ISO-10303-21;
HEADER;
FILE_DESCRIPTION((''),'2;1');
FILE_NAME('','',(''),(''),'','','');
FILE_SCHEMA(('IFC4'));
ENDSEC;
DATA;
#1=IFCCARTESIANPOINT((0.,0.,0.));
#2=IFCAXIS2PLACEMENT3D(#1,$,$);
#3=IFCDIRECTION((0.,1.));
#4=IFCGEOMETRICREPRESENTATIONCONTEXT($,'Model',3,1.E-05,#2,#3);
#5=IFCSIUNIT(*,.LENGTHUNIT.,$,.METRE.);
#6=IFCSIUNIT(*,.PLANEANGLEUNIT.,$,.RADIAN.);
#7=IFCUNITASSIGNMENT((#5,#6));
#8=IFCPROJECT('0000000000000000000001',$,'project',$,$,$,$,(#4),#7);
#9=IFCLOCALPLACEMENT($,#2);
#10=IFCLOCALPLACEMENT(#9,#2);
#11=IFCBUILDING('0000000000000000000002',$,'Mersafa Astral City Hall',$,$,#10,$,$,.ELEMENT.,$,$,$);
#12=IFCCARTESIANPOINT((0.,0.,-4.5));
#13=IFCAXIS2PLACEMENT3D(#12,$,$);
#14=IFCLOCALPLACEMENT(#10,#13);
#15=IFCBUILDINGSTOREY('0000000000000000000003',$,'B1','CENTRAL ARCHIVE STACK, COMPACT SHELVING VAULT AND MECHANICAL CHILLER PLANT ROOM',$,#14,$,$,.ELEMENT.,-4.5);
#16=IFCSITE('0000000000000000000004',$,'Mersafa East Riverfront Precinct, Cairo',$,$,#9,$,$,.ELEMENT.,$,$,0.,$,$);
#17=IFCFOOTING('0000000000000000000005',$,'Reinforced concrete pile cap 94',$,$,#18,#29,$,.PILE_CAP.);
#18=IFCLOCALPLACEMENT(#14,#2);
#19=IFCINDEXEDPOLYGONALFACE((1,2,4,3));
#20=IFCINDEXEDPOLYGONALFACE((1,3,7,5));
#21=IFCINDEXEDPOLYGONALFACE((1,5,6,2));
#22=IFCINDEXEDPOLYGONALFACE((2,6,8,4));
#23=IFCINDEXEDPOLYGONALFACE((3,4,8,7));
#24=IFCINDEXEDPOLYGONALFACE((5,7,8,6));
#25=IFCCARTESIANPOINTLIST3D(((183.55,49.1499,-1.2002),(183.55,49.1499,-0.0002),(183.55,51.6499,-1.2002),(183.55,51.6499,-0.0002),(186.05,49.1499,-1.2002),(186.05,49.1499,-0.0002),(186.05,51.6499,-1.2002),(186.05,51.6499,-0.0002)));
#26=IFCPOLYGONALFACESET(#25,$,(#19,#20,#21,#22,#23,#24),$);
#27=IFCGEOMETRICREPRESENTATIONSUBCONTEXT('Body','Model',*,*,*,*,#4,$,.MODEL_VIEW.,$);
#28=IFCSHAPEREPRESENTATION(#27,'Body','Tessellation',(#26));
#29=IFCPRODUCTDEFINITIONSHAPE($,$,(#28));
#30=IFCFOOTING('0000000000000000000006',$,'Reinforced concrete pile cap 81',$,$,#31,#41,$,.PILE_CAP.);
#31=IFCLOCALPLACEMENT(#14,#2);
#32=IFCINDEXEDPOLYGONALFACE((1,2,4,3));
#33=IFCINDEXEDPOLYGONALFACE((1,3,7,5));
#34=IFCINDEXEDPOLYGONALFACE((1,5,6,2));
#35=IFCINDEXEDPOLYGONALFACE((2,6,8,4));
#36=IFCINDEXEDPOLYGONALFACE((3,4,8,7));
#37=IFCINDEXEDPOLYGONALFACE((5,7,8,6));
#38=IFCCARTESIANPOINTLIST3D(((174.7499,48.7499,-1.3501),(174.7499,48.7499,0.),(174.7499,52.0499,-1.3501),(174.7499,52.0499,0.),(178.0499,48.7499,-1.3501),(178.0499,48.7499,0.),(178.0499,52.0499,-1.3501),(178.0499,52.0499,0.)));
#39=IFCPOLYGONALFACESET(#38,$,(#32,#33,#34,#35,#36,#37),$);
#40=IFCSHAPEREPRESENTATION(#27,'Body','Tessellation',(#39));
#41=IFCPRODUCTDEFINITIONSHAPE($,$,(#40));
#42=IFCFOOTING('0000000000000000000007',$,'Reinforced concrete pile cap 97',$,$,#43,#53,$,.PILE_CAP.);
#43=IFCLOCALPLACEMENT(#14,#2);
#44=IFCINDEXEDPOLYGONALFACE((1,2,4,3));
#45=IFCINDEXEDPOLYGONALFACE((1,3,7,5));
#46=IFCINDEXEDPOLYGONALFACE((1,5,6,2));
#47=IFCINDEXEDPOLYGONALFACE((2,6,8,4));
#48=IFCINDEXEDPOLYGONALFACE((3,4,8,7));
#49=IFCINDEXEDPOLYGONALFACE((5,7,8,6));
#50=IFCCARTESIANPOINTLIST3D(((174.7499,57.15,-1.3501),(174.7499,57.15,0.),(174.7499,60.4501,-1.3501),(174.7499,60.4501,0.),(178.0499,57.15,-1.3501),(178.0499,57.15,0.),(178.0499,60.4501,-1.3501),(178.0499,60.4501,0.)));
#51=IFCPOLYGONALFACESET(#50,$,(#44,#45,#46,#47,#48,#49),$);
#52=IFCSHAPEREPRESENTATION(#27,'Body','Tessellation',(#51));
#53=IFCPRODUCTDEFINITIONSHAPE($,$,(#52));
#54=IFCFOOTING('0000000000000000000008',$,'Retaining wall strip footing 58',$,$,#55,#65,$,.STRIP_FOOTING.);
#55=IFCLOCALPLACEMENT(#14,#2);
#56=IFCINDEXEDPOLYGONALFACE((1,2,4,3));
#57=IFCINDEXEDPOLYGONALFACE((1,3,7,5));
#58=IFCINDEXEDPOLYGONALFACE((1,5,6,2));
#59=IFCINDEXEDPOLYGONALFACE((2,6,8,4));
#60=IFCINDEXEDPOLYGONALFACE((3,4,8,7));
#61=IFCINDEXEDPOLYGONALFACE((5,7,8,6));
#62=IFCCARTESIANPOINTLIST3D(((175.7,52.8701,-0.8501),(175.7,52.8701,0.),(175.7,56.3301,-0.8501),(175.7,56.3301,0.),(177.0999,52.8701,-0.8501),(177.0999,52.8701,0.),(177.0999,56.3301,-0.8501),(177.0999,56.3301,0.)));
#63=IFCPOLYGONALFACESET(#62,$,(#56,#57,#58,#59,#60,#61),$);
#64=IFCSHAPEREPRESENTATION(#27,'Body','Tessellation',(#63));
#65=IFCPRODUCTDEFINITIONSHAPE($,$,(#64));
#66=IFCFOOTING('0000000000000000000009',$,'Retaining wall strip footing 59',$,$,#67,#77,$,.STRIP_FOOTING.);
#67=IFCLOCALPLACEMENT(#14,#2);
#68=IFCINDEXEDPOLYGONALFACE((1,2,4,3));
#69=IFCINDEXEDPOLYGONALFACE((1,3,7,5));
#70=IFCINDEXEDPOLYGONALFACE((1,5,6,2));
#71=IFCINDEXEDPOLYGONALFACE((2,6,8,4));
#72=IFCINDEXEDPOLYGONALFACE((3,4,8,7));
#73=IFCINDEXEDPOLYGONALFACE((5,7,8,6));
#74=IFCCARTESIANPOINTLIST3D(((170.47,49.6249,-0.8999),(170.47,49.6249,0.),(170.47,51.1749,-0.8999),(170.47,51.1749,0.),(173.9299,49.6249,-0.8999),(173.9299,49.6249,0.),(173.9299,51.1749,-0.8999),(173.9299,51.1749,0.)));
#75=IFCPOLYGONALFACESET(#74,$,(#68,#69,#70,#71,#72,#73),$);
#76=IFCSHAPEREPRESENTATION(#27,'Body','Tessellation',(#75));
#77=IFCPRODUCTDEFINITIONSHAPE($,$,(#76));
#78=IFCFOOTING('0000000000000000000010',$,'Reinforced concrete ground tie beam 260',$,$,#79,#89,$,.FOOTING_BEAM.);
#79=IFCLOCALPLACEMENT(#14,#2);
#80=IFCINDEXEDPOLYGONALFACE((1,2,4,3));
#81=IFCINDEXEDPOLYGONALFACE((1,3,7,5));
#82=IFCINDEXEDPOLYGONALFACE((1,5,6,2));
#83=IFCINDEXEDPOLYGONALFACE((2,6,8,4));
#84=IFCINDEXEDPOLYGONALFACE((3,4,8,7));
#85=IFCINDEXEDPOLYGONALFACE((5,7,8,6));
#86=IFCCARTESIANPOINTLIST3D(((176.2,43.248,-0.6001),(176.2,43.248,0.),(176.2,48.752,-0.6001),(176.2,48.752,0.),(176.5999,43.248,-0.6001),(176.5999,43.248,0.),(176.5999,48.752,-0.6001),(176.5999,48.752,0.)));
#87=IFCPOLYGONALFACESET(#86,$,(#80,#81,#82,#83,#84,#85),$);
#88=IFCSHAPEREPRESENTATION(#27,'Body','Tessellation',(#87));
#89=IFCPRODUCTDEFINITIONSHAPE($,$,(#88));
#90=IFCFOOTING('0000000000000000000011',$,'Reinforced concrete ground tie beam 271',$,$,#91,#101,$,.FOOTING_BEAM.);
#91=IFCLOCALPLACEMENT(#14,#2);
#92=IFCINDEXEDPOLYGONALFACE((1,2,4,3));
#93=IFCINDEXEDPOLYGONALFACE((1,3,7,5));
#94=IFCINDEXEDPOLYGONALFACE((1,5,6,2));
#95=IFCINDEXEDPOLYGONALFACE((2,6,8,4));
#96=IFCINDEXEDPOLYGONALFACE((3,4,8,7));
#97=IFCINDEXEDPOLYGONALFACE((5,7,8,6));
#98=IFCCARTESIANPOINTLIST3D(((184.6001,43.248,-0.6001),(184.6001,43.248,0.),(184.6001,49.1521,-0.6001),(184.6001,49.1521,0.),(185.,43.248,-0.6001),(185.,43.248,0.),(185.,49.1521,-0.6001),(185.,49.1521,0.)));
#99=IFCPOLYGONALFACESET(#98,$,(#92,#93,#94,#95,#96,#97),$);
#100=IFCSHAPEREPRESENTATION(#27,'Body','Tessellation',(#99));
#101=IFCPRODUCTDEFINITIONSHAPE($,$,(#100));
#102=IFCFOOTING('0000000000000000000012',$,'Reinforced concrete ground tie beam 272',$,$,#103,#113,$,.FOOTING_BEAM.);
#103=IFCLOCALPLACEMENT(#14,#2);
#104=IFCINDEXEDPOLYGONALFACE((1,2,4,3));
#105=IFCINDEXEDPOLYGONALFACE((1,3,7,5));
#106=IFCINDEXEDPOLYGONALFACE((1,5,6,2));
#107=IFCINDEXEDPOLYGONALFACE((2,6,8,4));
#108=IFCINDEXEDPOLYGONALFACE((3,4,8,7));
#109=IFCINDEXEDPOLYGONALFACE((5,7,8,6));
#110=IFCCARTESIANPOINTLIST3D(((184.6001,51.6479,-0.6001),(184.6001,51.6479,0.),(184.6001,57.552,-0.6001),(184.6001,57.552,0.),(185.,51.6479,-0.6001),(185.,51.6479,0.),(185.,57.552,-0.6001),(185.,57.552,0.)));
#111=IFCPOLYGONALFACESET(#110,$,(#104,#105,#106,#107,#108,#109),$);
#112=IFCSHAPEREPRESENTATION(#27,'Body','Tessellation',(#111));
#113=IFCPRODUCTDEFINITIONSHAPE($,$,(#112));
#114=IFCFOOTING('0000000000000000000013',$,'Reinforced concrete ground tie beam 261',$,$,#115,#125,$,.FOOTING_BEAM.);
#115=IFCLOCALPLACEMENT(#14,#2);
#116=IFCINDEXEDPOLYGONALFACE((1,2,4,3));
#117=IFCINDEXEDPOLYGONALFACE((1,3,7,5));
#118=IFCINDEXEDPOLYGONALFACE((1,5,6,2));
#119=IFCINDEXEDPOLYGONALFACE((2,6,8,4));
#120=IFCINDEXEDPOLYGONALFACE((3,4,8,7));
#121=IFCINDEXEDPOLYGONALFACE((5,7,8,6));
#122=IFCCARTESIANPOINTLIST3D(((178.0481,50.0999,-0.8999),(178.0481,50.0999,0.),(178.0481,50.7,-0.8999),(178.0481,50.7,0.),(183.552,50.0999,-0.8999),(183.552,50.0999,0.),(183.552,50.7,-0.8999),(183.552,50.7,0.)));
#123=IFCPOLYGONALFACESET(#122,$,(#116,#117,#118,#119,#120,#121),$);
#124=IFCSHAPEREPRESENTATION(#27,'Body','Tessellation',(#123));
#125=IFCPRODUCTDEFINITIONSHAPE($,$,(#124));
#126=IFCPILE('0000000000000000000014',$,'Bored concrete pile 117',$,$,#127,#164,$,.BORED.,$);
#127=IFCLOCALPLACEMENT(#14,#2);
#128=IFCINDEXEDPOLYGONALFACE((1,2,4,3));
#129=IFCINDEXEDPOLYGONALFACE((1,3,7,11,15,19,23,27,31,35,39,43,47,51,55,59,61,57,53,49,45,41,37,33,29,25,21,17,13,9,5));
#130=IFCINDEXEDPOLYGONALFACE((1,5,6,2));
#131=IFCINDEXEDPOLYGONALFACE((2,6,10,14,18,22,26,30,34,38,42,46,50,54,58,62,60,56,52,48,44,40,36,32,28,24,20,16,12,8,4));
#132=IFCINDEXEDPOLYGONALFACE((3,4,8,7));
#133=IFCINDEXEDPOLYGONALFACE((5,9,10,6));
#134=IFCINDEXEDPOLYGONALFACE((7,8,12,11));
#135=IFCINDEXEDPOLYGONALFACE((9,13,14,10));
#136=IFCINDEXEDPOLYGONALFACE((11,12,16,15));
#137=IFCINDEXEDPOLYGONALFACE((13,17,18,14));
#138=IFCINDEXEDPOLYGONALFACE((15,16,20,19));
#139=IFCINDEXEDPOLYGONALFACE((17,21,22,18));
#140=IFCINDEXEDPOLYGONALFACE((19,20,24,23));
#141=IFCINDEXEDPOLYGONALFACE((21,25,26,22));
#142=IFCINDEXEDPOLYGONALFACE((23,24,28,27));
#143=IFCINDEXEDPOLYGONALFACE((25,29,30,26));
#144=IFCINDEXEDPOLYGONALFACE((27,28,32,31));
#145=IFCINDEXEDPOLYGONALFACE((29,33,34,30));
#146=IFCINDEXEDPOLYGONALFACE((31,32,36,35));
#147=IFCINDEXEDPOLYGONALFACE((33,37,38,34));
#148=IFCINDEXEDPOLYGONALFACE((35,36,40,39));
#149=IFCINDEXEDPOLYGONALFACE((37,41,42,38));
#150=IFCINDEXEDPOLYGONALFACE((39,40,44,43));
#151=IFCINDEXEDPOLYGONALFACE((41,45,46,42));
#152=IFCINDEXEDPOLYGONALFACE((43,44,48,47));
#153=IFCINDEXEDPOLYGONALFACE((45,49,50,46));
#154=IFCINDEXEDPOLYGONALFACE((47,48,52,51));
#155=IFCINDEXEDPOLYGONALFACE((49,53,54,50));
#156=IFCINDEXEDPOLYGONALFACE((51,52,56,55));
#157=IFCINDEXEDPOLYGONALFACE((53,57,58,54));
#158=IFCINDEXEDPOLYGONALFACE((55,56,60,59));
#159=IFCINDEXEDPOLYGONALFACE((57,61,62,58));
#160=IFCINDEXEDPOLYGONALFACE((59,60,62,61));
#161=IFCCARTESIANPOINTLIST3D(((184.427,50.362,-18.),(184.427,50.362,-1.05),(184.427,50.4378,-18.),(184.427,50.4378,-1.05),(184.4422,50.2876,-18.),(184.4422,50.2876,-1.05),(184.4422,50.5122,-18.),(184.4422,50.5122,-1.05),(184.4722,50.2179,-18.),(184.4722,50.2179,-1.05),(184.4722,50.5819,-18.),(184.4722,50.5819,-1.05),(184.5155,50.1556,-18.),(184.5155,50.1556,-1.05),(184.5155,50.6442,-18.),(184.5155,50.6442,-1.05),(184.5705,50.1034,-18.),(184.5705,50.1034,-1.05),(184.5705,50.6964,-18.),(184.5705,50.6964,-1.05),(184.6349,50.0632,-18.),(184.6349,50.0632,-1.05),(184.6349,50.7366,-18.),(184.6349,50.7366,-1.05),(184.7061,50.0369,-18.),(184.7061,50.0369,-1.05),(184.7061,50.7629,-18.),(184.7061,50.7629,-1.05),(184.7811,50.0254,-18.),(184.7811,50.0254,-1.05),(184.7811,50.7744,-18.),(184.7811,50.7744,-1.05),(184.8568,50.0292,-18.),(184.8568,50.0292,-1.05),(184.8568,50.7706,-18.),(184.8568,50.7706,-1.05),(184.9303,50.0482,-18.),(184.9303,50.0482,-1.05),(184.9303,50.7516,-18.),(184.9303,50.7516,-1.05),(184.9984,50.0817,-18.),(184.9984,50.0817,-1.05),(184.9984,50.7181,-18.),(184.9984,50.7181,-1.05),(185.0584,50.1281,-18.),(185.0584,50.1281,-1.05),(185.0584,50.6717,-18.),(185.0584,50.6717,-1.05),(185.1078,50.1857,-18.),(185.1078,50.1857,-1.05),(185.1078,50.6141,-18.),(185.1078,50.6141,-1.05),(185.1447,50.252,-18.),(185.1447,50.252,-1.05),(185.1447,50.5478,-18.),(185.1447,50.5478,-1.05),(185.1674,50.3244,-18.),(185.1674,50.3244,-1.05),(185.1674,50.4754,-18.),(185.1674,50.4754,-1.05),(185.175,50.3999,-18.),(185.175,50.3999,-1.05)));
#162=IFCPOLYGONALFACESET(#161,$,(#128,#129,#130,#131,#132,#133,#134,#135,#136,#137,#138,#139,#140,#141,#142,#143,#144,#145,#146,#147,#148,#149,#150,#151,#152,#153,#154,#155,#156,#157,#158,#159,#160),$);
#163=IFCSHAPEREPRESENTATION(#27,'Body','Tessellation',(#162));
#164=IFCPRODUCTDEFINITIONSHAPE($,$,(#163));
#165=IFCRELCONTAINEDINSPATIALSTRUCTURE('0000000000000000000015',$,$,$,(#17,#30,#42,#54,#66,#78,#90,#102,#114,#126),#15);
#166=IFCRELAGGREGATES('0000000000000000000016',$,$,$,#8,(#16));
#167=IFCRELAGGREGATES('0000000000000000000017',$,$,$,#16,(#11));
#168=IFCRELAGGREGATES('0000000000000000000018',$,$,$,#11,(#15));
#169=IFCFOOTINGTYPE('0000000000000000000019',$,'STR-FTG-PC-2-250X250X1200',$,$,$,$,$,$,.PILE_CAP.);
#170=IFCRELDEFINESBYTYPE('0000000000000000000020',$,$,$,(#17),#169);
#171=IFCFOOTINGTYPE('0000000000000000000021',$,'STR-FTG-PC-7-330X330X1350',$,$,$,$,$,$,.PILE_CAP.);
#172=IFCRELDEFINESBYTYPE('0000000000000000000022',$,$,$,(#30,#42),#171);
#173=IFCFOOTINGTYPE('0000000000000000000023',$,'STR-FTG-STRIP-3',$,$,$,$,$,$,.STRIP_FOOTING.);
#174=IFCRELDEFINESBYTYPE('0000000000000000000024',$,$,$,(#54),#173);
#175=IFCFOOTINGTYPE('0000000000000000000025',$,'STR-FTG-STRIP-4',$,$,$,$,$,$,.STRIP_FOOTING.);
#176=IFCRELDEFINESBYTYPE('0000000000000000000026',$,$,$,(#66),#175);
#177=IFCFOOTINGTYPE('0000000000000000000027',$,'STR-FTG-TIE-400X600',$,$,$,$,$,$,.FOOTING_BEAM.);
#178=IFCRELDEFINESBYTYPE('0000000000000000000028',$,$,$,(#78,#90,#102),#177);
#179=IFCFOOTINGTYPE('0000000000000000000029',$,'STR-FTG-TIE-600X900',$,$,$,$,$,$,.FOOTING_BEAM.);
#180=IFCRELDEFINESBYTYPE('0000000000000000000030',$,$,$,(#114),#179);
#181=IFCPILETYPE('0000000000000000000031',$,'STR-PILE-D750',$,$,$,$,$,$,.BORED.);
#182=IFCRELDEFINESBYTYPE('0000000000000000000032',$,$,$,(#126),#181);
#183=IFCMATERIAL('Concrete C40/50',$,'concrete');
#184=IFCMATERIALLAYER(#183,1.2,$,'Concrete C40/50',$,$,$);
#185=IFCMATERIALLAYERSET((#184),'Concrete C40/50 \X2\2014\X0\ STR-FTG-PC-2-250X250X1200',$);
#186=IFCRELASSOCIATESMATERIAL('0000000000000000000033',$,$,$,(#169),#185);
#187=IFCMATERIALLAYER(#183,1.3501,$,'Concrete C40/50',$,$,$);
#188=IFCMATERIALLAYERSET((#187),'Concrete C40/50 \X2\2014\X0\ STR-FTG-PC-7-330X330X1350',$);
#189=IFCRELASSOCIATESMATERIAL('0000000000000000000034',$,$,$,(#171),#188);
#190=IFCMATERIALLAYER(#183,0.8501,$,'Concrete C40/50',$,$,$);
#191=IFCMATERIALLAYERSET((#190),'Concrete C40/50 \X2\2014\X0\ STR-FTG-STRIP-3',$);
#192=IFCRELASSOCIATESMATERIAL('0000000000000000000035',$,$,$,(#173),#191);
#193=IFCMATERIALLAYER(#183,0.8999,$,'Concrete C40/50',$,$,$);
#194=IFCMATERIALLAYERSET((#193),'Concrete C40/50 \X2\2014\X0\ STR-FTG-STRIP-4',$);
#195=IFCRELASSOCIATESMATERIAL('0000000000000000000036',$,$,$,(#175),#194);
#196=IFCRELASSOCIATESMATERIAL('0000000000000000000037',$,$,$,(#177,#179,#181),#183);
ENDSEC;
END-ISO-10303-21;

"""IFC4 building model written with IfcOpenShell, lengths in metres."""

from ifc_helpers import new_model, si_unit, direction, frame, origin, origin_2d, place, context, subcontext, project, spatial, rectangle, circle, extrude, material, layer, layer_set, material_profile, profile_set, type_object, element, save


model = new_model("IFC4")

# Units and contexts
model_context = context("Model", 3, precision=1e-05, world=origin(), true_north=direction((0.0, 1.0)))
body_context = subcontext(model_context, "Body", "Model", "MODEL_VIEW")
ifc_project = project(units=[si_unit("LENGTHUNIT", "METRE"), si_unit("PLANEANGLEUNIT", "RADIAN")], contexts=[model_context])

# Site, building, storey
site_placement = place(None, origin())
site = spatial("IfcSite", under=ifc_project, at=site_placement, Name="Mersafa East Riverfront Precinct, Cairo", CompositionType="ELEMENT", RefElevation=0.0)
building_placement = place(site_placement, origin())
building = spatial("IfcBuilding", under=site, at=building_placement, Name="Mersafa Astral City Hall", CompositionType="ELEMENT")
storey_placement = place(building_placement, frame((0.0, 0.0, -4.5)))
storey = spatial("IfcBuildingStorey", under=building, at=storey_placement, Name="B1", Description="CENTRAL ARCHIVE STACK, COMPACT SHELVING VAULT AND MECHANICAL CHILLER PLANT ROOM", CompositionType="ELEMENT", Elevation=-4.5)

# Footings
ifc_material_1 = material(Name="Concrete C40/50", Category="concrete")
ifc_layer_1 = layer(ifc_material_1, 1.2, Name="Concrete C40/50")
ifc_layer_set_1 = layer_set([ifc_layer_1], Name="Concrete C40/50 — STR-FTG-PC-2-250X250X1200")
footing_type_1 = type_object("IfcFootingType", Name="STR-FTG-PC-2-250X250X1200", PredefinedType="PILE_CAP", material=ifc_layer_set_1)
footing_1_placement = place(storey_placement, frame((184.8, 50.3999, -1.2002), z_axis=(0.0, 0.0, 1.0), x_axis=(1.0, 0.0, 0.0)))
element("IfcFooting", 1, at=footing_1_placement, inside=storey, type_object=footing_type_1, Name="Reinforced concrete pile cap 94", PredefinedType="PILE_CAP", context=body_context, shape_type="SweptSolid", body=[
    extrude(rectangle(XDim=2.5, YDim=2.5, at=origin_2d()), origin(), (0.0, 0.0, 1.0), 1.2),
])
ifc_layer_2 = layer(ifc_material_1, 1.3501, Name="Concrete C40/50")
ifc_layer_set_2 = layer_set([ifc_layer_2], Name="Concrete C40/50 — STR-FTG-PC-7-330X330X1350")
footing_type_2 = type_object("IfcFootingType", Name="STR-FTG-PC-7-330X330X1350", PredefinedType="PILE_CAP", material=ifc_layer_set_2)
for number, where, z_axis, x_axis, name in (
    (2, (176.3999, 50.3999, -1.3501), (0.0, 0.0, 1.0), (1.0, 0.0, 0.0), "Reinforced concrete pile cap 81"),
    (3, (176.3999, 58.8, -1.3501), (0.0, 0.0, 1.0), (1.0, 0.0, 0.0), "Reinforced concrete pile cap 97"),
):
    element("IfcFooting", number, at=place(storey_placement, frame(where, z_axis=z_axis, x_axis=x_axis)), inside=storey, type_object=footing_type_2, Name=name, PredefinedType="PILE_CAP", context=body_context, shape_type="SweptSolid", body=[
        extrude(rectangle(XDim=3.3, YDim=3.3, at=origin_2d()), origin(), (0.0, 0.0, 1.0), 1.3501),
    ])
ifc_layer_3 = layer(ifc_material_1, 0.8501, Name="Concrete C40/50")
ifc_layer_set_3 = layer_set([ifc_layer_3], Name="Concrete C40/50 — STR-FTG-STRIP-3")
footing_type_3 = type_object("IfcFootingType", Name="STR-FTG-STRIP-3", PredefinedType="STRIP_FOOTING", material=ifc_layer_set_3)
footing_2_placement = place(storey_placement, frame((176.3999, 54.6001, -0.8501), z_axis=(0.0, 0.0, 1.0), x_axis=(0.0, -1.0, 0.0)))
element("IfcFooting", 4, at=footing_2_placement, inside=storey, type_object=footing_type_3, Name="Retaining wall strip footing 58", PredefinedType="STRIP_FOOTING", context=body_context, shape_type="SweptSolid", body=[
    extrude(rectangle(XDim=3.46, YDim=1.3999, at=origin_2d()), origin(), (0.0, 0.0, 1.0), 0.8501),
])
ifc_layer_4 = layer(ifc_material_1, 0.8999, Name="Concrete C40/50")
ifc_layer_set_4 = layer_set([ifc_layer_4], Name="Concrete C40/50 — STR-FTG-STRIP-4")
footing_type_4 = type_object("IfcFootingType", Name="STR-FTG-STRIP-4", PredefinedType="STRIP_FOOTING", material=ifc_layer_set_4)
footing_3_placement = place(storey_placement, frame((172.2, 50.3999, -0.8999), z_axis=(0.0, 0.0, 1.0), x_axis=(-1.0, 0.0, 0.0)))
element("IfcFooting", 5, at=footing_3_placement, inside=storey, type_object=footing_type_4, Name="Retaining wall strip footing 59", PredefinedType="STRIP_FOOTING", context=body_context, shape_type="SweptSolid", body=[
    extrude(rectangle(XDim=3.46, YDim=1.55, at=origin_2d()), origin(), (0.0, 0.0, 1.0), 0.8999),
])
ifc_material_profile_1 = material_profile(ifc_material_1, rectangle(XDim=0.3999, YDim=0.6001, at=origin_2d()), Name="RC 400x600")
ifc_profile_set_1 = profile_set([ifc_material_profile_1], Name="Concrete C40/50")
footing_type_5 = type_object("IfcFootingType", Name="STR-FTG-TIE-400X600", PredefinedType="FOOTING_BEAM", material=ifc_profile_set_1)
footing_4_placement = place(storey_placement, frame((176.3999, 43.248, -0.3), z_axis=(0.0, 1.0, 0.0), x_axis=(-1.0, 0.0, 0.0)))
element("IfcFooting", 6, at=footing_4_placement, inside=storey, type_object=footing_type_5, Name="Reinforced concrete ground tie beam 260", PredefinedType="FOOTING_BEAM", context=body_context, shape_type="SweptSolid", body=[
    extrude(rectangle(XDim=0.3999, YDim=0.6001, at=origin_2d()), origin(), (0.0, 0.0, 1.0), 5.5039),
])
for number, where, z_axis, x_axis, name in (
    (7, (184.8, 43.248, -0.3), (0.0, 1.0, 0.0), (-1.0, 0.0, 0.0), "Reinforced concrete ground tie beam 271"),
    (8, (184.8, 51.6479, -0.3), (0.0, 1.0, 0.0), (-1.0, 0.0, 0.0), "Reinforced concrete ground tie beam 272"),
):
    element("IfcFooting", number, at=place(storey_placement, frame(where, z_axis=z_axis, x_axis=x_axis)), inside=storey, type_object=footing_type_5, Name=name, PredefinedType="FOOTING_BEAM", context=body_context, shape_type="SweptSolid", body=[
        extrude(rectangle(XDim=0.3999, YDim=0.6001, at=origin_2d()), origin(), (0.0, 0.0, 1.0), 5.9041),
    ])
ifc_material_profile_2 = material_profile(ifc_material_1, rectangle(XDim=0.6001, YDim=0.8999, at=origin_2d()), Name="RC 600x900")
ifc_profile_set_2 = profile_set([ifc_material_profile_2], Name="Concrete C40/50")
footing_type_6 = type_object("IfcFootingType", Name="STR-FTG-TIE-600X900", PredefinedType="FOOTING_BEAM", material=ifc_profile_set_2)
footing_5_placement = place(storey_placement, frame((178.0481, 50.3999, -0.45), z_axis=(1.0, 0.0, 0.0), x_axis=(0.0, 1.0, 0.0)))
element("IfcFooting", 9, at=footing_5_placement, inside=storey, type_object=footing_type_6, Name="Reinforced concrete ground tie beam 261", PredefinedType="FOOTING_BEAM", context=body_context, shape_type="SweptSolid", body=[
    extrude(rectangle(XDim=0.6001, YDim=0.8999, at=origin_2d()), origin(), (0.0, 0.0, 1.0), 5.5039),
])

# Pile
ifc_material_profile_3 = material_profile(ifc_material_1, circle(Radius=0.375, at=origin_2d()), Name="PILE D750")
ifc_profile_set_3 = profile_set([ifc_material_profile_3], Name="Concrete C40/50")
pile_type_1 = type_object("IfcPileType", Name="STR-PILE-D750", PredefinedType="BORED", material=ifc_profile_set_3)
pile_placement = place(storey_placement, frame((184.8, 50.3999, -1.05), z_axis=(0.0, 0.0, -1.0), x_axis=(1.0, 0.0, 0.0)))
element("IfcPile", 10, at=pile_placement, inside=storey, type_object=pile_type_1, Name="Bored concrete pile 117", PredefinedType="BORED", context=body_context, shape_type="SweptSolid", body=[
    extrude(circle(Radius=0.375, at=origin_2d()), origin(), (0.0, 0.0, 1.0), 16.95),
])

save(model, "model.ifc")
